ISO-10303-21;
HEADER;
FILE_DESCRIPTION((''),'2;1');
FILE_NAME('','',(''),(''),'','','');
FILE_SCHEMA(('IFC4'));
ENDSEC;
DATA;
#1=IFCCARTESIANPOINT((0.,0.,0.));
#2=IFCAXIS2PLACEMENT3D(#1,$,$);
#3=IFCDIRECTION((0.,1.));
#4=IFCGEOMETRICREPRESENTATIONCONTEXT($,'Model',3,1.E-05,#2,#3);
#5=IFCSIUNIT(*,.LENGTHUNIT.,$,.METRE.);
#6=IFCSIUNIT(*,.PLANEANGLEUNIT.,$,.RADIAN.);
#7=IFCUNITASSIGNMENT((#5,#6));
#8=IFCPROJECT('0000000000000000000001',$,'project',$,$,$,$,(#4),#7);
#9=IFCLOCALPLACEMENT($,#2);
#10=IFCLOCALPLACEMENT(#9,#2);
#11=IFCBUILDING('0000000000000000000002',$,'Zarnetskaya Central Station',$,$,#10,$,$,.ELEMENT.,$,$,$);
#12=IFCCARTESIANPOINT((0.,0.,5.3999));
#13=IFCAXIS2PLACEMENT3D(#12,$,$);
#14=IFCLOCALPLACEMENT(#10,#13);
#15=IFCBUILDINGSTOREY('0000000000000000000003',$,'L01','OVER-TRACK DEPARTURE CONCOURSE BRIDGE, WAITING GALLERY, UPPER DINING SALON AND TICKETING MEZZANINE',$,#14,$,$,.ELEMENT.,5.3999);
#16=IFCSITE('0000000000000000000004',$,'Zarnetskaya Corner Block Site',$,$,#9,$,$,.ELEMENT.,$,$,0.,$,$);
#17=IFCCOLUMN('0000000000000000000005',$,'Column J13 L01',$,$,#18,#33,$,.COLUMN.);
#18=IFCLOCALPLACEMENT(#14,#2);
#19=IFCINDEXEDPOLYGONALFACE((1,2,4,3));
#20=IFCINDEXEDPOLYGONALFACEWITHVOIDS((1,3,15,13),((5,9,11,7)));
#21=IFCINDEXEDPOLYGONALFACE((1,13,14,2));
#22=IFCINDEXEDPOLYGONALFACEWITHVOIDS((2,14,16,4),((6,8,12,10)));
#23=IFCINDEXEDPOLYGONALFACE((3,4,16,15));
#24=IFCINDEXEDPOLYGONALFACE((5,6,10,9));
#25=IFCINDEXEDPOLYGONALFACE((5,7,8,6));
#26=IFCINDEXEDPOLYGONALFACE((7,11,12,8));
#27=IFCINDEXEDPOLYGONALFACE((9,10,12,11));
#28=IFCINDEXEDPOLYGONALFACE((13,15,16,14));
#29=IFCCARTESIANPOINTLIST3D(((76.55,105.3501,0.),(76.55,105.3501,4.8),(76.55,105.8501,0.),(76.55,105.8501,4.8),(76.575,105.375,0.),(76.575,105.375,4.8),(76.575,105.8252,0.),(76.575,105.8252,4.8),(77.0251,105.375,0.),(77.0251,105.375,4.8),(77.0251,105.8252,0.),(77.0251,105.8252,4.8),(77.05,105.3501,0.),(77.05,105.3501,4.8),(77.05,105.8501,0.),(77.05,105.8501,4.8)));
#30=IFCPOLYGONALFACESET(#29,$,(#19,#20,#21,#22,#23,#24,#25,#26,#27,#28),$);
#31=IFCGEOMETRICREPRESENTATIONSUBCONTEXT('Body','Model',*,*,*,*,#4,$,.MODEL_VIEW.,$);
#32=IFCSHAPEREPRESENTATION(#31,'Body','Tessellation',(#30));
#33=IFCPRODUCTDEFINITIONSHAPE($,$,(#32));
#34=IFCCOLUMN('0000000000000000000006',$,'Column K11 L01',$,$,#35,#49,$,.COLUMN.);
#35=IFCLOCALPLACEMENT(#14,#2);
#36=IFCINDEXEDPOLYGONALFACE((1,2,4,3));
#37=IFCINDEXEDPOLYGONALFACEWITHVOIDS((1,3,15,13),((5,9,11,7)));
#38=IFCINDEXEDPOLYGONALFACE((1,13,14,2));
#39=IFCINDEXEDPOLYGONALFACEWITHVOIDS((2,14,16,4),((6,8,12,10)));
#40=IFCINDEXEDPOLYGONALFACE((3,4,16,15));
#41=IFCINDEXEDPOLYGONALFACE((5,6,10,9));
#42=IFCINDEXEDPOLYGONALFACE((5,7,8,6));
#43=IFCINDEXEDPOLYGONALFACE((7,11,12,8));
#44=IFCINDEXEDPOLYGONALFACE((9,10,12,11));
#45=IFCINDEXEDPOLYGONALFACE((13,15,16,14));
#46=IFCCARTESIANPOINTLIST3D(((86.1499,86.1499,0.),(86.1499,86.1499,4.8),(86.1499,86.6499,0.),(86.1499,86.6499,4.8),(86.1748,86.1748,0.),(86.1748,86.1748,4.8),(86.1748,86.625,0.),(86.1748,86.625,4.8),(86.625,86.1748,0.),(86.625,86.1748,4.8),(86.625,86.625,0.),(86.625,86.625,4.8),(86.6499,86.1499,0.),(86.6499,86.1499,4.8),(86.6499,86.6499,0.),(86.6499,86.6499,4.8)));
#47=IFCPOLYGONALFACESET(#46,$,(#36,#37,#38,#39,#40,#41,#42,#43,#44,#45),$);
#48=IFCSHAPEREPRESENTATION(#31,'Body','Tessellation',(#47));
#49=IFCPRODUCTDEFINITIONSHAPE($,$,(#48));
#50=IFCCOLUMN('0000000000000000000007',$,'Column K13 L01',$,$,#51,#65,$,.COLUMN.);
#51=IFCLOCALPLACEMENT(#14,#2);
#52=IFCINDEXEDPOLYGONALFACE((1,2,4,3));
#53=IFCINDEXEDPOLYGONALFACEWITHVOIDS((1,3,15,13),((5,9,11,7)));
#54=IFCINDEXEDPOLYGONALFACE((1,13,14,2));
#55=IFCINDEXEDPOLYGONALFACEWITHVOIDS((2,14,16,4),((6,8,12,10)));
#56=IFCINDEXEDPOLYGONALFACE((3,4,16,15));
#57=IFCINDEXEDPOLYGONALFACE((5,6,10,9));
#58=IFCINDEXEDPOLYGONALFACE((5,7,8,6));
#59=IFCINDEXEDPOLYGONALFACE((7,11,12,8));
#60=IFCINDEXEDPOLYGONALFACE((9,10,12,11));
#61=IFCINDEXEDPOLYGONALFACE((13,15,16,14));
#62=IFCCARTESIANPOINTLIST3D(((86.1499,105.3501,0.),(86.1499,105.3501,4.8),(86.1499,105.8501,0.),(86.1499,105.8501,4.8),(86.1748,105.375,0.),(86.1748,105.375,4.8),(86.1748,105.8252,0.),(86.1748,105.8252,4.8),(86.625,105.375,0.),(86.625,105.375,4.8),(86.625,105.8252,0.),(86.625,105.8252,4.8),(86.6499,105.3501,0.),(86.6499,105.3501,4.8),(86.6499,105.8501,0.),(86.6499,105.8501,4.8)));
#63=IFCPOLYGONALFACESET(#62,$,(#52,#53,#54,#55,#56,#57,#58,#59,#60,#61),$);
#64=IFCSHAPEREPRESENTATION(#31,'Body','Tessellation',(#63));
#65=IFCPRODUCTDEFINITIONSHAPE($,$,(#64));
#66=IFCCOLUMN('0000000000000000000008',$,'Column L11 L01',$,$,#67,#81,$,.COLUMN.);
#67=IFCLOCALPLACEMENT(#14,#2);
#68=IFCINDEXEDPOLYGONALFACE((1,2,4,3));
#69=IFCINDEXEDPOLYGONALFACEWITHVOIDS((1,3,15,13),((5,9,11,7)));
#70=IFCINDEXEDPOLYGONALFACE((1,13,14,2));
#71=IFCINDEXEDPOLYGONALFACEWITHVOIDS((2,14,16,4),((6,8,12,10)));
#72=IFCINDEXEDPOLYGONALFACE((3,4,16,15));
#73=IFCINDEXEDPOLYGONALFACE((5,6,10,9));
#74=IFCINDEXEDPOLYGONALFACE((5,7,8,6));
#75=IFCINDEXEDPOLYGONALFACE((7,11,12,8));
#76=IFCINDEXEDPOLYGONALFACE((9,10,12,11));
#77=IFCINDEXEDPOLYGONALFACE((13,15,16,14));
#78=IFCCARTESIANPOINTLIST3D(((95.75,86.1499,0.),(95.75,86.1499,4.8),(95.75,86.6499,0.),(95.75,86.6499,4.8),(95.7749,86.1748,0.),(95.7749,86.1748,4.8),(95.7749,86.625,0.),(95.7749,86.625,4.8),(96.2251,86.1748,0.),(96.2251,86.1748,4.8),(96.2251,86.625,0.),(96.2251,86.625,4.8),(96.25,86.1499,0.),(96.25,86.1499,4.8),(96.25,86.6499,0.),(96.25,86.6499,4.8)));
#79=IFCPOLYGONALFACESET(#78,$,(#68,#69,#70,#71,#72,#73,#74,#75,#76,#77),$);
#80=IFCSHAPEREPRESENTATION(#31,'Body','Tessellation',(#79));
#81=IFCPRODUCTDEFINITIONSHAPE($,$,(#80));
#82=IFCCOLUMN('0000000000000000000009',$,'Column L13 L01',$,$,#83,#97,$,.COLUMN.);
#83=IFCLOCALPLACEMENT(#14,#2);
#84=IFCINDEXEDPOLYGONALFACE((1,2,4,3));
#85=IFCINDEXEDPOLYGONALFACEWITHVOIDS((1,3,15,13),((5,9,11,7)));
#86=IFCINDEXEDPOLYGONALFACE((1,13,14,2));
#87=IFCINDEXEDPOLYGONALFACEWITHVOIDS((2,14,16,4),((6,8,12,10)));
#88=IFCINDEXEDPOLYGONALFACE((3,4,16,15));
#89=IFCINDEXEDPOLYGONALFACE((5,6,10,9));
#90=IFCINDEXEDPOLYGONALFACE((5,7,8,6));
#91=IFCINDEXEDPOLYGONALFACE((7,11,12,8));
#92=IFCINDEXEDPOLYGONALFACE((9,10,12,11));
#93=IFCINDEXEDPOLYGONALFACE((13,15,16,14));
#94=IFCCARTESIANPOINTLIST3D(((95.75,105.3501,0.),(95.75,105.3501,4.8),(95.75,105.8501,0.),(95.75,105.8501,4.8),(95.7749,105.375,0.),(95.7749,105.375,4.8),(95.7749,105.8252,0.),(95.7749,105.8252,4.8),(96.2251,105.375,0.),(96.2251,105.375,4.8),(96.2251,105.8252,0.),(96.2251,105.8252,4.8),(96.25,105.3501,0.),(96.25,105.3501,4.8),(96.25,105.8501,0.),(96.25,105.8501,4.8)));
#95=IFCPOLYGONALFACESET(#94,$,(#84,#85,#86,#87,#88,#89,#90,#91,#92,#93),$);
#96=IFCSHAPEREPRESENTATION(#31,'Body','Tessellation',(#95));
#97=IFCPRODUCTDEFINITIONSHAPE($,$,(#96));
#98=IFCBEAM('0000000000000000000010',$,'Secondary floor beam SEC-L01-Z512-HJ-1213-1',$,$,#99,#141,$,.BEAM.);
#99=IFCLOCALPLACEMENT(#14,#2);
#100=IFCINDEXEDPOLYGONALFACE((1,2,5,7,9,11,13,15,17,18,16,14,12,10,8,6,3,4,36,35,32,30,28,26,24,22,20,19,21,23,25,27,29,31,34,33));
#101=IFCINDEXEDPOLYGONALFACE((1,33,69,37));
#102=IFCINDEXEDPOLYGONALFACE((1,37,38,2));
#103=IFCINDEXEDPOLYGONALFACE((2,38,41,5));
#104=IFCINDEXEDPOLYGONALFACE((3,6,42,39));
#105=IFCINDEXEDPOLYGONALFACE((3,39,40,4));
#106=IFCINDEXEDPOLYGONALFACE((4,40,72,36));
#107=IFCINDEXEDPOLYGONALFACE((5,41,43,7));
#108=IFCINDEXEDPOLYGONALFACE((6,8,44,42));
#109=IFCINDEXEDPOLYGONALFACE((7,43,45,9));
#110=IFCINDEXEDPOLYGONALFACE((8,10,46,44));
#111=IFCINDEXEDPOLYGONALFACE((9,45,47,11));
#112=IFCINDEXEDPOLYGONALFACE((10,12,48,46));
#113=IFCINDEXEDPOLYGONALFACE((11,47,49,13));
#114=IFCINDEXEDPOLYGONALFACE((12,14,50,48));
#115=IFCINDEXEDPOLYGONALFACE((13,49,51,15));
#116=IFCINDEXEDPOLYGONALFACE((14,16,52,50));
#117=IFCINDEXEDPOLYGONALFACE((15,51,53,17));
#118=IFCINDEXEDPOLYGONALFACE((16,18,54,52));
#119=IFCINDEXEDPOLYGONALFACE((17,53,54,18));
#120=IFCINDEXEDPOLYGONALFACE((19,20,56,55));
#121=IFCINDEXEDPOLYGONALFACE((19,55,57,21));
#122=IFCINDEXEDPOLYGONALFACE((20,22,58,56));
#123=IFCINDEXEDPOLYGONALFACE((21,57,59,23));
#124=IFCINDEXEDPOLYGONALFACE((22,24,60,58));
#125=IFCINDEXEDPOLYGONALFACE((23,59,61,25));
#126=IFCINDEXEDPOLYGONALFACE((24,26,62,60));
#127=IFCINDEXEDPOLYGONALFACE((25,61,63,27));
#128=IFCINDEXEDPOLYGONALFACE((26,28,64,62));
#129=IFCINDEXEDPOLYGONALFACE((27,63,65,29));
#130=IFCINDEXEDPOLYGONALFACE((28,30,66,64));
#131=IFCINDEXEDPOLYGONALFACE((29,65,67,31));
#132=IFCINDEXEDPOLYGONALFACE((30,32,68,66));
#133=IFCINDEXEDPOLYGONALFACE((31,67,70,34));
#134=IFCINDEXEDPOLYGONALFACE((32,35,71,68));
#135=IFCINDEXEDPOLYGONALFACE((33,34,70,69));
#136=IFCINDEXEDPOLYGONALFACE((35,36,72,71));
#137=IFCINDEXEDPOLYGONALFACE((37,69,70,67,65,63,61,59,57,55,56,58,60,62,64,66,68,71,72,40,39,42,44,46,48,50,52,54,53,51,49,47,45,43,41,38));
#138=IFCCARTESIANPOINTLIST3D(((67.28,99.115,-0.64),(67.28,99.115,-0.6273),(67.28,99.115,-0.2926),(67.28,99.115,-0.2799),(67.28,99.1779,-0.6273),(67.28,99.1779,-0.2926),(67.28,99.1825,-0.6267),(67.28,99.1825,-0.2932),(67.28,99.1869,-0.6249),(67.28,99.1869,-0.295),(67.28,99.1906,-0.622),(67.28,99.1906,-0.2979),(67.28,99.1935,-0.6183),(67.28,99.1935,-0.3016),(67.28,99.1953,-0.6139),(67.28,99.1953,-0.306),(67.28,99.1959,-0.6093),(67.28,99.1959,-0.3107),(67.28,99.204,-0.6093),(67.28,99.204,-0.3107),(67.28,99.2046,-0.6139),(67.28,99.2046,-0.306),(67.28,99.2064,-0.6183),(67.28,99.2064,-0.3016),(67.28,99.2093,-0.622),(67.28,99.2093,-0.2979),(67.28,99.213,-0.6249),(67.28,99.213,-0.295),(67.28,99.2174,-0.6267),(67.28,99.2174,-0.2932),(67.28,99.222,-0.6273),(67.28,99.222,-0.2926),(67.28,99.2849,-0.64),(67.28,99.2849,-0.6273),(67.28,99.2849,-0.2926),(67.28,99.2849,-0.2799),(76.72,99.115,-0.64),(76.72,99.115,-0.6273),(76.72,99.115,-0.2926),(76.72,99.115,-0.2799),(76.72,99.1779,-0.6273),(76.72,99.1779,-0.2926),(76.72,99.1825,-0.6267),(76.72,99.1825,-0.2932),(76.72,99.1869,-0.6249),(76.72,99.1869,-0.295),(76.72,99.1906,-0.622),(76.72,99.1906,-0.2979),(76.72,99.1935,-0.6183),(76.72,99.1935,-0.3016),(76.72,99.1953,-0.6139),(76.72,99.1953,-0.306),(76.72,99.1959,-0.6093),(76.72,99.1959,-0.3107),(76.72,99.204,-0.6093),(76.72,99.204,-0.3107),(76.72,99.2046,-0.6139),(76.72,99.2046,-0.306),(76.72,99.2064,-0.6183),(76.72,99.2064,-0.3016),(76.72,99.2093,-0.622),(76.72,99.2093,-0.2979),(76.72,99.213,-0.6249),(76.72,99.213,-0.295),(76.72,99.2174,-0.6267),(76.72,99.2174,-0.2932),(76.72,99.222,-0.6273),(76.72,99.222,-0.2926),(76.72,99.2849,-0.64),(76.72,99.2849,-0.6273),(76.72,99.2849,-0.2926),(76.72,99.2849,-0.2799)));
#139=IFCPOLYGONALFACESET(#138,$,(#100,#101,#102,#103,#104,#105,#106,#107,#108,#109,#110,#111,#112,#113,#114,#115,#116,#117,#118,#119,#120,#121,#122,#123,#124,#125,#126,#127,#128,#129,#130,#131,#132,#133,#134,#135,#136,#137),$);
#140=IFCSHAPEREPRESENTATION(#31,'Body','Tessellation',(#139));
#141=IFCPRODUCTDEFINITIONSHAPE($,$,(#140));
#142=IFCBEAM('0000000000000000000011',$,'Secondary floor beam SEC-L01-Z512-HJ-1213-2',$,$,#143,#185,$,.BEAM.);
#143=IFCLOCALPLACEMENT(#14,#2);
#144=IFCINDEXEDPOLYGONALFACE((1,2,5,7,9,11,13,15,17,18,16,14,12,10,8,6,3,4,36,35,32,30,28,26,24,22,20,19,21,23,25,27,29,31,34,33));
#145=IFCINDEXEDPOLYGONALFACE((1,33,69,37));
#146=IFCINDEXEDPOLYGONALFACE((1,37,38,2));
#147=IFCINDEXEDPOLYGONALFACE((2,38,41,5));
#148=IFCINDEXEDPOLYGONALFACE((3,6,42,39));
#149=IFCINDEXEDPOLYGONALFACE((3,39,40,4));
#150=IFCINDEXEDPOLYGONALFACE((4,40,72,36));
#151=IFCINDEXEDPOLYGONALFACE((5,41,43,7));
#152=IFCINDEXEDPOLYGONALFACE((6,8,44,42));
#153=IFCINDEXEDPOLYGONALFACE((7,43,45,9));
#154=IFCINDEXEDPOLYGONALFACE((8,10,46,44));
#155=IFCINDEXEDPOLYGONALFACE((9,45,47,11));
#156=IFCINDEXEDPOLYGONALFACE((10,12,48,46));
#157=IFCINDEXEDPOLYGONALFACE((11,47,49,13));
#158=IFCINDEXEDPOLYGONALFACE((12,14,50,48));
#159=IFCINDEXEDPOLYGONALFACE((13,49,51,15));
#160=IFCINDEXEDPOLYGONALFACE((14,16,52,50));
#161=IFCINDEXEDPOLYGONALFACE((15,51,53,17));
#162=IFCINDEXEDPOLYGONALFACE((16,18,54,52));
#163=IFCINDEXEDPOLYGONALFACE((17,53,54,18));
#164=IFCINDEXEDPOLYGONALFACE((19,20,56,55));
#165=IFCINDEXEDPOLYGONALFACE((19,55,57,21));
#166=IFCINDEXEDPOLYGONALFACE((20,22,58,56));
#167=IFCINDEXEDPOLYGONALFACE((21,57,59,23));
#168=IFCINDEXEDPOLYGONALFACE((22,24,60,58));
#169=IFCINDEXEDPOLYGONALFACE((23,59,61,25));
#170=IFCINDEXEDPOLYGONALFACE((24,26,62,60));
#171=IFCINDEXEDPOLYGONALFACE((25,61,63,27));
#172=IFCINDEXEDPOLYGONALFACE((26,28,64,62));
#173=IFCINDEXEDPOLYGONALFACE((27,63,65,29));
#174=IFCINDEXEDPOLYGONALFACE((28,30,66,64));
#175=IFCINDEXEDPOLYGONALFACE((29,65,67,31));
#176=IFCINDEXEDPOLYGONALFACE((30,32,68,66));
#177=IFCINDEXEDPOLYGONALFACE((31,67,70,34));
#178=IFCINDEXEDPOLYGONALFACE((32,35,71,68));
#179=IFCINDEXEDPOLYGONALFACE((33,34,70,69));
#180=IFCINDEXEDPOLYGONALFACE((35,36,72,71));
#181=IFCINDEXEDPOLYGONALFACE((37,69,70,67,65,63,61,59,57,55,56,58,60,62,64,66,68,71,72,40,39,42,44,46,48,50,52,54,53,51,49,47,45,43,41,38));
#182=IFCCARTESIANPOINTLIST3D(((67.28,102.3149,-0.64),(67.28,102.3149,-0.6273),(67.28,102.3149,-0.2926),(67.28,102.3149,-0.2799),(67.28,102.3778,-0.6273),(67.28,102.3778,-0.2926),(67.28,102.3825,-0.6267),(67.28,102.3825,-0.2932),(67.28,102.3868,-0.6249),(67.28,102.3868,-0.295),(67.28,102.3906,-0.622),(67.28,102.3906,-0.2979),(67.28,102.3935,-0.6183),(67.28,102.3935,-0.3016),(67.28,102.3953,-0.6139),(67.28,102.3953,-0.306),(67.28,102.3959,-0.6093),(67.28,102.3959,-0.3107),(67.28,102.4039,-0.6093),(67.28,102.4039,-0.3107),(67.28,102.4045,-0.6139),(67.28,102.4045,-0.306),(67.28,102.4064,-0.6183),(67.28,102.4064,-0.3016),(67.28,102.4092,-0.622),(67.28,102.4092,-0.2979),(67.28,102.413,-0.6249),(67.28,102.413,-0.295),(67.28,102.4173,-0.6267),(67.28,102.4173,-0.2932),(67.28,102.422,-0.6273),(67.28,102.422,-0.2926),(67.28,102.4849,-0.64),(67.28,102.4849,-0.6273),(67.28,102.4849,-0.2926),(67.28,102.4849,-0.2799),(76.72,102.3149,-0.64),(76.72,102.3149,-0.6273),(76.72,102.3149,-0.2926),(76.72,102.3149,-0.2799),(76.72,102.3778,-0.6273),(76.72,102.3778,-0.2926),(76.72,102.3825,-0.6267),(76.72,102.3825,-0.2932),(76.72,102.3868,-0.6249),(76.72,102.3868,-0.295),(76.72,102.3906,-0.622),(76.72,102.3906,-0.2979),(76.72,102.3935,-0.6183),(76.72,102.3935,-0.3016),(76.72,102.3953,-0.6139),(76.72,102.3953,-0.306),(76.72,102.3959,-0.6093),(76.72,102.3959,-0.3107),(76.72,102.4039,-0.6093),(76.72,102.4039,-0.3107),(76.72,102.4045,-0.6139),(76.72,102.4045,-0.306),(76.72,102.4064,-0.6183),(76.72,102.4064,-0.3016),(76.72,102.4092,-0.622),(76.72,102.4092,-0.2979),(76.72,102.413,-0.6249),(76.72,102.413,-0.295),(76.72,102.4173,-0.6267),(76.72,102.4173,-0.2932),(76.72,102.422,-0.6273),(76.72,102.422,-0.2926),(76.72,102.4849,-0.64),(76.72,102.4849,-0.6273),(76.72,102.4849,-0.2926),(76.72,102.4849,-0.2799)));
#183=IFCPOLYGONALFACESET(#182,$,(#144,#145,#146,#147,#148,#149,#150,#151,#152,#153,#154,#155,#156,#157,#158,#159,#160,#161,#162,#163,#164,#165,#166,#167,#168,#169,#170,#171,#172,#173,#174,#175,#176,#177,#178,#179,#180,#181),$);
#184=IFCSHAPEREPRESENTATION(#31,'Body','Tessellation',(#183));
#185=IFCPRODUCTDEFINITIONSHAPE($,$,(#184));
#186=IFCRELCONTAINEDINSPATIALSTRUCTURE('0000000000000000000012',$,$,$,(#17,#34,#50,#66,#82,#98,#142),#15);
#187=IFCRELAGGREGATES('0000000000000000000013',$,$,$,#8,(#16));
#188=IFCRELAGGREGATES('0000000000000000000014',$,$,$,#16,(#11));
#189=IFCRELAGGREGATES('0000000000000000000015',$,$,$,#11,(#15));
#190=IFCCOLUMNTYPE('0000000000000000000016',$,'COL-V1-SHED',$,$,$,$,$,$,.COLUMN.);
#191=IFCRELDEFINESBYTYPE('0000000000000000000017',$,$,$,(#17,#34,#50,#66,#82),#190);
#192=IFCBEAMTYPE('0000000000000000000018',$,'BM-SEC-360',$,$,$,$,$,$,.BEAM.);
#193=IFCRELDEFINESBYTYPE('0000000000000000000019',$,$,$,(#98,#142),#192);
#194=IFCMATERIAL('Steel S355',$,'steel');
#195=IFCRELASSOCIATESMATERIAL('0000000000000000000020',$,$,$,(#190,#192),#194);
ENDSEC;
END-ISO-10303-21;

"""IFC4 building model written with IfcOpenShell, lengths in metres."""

from ifc_helpers import new_model, si_unit, direction, frame, origin, origin_2d, place, context, subcontext, project, spatial, hollow_rectangle, i_section, extrude, material, material_profile, profile_set, type_object, element, save


model = new_model("IFC4")

# Units and contexts
model_context = context("Model", 3, precision=1e-05, world=origin(), true_north=direction((0.0, 1.0)))
body_context = subcontext(model_context, "Body", "Model", "MODEL_VIEW")
ifc_project = project(units=[si_unit("LENGTHUNIT", "METRE"), si_unit("PLANEANGLEUNIT", "RADIAN")], contexts=[model_context])

# Site, building, storey
site_placement = place(None, origin())
site = spatial("IfcSite", under=ifc_project, at=site_placement, Name="Zarnetskaya Corner Block Site", CompositionType="ELEMENT", RefElevation=0.0)
building_placement = place(site_placement, origin())
building = spatial("IfcBuilding", under=site, at=building_placement, Name="Zarnetskaya Central Station", CompositionType="ELEMENT")
storey_placement = place(building_placement, frame((0.0, 0.0, 5.3999)))
storey = spatial("IfcBuildingStorey", under=building, at=storey_placement, Name="L01", Description="OVER-TRACK DEPARTURE CONCOURSE BRIDGE, WAITING GALLERY, UPPER DINING SALON AND TICKETING MEZZANINE", CompositionType="ELEMENT", Elevation=5.3999)

# Columns
ifc_material_1 = material(Name="Steel S355", Category="steel")
ifc_material_profile_1 = material_profile(ifc_material_1, hollow_rectangle(XDim=0.5, YDim=0.5, WallThickness=0.0249, at=origin_2d()), Name="BOX 500x500x25")
ifc_profile_set_1 = profile_set([ifc_material_profile_1], Name="Steel S355")
column_type = type_object("IfcColumnType", Name="COL-V1-SHED", PredefinedType="COLUMN", material=ifc_profile_set_1)
for number, where, z_axis, x_axis, name in (
    (1, (76.8, 105.6001, 0.0), (0.0, 0.0, 1.0), (1.0, 0.0, 0.0), "Column J13 L01"),
    (2, (86.3999, 86.3999, 0.0), (0.0, 0.0, 1.0), (1.0, 0.0, 0.0), "Column K11 L01"),
    (3, (86.3999, 105.6001, 0.0), (0.0, 0.0, 1.0), (1.0, 0.0, 0.0), "Column K13 L01"),
    (4, (96.0, 86.3999, 0.0), (0.0, 0.0, 1.0), (1.0, 0.0, 0.0), "Column L11 L01"),
    (5, (96.0, 105.6001, 0.0), (0.0, 0.0, 1.0), (1.0, 0.0, 0.0), "Column L13 L01"),
):
    element("IfcColumn", number, at=place(storey_placement, frame(where, z_axis=z_axis, x_axis=x_axis)), inside=storey, type_object=column_type, Name=name, PredefinedType="COLUMN", context=body_context, shape_type="SweptSolid", body=[
        extrude(hollow_rectangle(XDim=0.5, YDim=0.5, WallThickness=0.0249, at=origin_2d()), origin(), (0.0, 0.0, 1.0), 4.8),
    ])

# Beams
ifc_material_profile_2 = material_profile(ifc_material_1, i_section(OverallWidth=0.1699, OverallDepth=0.3601, WebThickness=0.0081, FlangeThickness=0.0127, FilletRadius=0.0181, at=origin_2d()), Name="IPE 360")
ifc_profile_set_2 = profile_set([ifc_material_profile_2], Name="Steel S355")
beam_type_1 = type_object("IfcBeamType", Name="BM-SEC-360", PredefinedType="BEAM", material=ifc_profile_set_2)
for number, where, z_axis, x_axis, name in (
    (6, (67.28, 99.2, -0.46), (1.0, 0.0, 0.0), (0.0, 1.0, 0.0), "Secondary floor beam SEC-L01-Z512-HJ-1213-1"),
    (7, (67.28, 102.3999, -0.46), (1.0, 0.0, 0.0), (0.0, 1.0, 0.0), "Secondary floor beam SEC-L01-Z512-HJ-1213-2"),
):
    element("IfcBeam", number, at=place(storey_placement, frame(where, z_axis=z_axis, x_axis=x_axis)), inside=storey, type_object=beam_type_1, Name=name, PredefinedType="BEAM", context=body_context, shape_type="SweptSolid", body=[
        extrude(i_section(OverallWidth=0.1699, OverallDepth=0.3601, WebThickness=0.0081, FlangeThickness=0.0127, FilletRadius=0.0181, at=origin_2d()), origin(), (0.0, 0.0, 1.0), 9.4399),
    ])

save(model, "model.ifc")
